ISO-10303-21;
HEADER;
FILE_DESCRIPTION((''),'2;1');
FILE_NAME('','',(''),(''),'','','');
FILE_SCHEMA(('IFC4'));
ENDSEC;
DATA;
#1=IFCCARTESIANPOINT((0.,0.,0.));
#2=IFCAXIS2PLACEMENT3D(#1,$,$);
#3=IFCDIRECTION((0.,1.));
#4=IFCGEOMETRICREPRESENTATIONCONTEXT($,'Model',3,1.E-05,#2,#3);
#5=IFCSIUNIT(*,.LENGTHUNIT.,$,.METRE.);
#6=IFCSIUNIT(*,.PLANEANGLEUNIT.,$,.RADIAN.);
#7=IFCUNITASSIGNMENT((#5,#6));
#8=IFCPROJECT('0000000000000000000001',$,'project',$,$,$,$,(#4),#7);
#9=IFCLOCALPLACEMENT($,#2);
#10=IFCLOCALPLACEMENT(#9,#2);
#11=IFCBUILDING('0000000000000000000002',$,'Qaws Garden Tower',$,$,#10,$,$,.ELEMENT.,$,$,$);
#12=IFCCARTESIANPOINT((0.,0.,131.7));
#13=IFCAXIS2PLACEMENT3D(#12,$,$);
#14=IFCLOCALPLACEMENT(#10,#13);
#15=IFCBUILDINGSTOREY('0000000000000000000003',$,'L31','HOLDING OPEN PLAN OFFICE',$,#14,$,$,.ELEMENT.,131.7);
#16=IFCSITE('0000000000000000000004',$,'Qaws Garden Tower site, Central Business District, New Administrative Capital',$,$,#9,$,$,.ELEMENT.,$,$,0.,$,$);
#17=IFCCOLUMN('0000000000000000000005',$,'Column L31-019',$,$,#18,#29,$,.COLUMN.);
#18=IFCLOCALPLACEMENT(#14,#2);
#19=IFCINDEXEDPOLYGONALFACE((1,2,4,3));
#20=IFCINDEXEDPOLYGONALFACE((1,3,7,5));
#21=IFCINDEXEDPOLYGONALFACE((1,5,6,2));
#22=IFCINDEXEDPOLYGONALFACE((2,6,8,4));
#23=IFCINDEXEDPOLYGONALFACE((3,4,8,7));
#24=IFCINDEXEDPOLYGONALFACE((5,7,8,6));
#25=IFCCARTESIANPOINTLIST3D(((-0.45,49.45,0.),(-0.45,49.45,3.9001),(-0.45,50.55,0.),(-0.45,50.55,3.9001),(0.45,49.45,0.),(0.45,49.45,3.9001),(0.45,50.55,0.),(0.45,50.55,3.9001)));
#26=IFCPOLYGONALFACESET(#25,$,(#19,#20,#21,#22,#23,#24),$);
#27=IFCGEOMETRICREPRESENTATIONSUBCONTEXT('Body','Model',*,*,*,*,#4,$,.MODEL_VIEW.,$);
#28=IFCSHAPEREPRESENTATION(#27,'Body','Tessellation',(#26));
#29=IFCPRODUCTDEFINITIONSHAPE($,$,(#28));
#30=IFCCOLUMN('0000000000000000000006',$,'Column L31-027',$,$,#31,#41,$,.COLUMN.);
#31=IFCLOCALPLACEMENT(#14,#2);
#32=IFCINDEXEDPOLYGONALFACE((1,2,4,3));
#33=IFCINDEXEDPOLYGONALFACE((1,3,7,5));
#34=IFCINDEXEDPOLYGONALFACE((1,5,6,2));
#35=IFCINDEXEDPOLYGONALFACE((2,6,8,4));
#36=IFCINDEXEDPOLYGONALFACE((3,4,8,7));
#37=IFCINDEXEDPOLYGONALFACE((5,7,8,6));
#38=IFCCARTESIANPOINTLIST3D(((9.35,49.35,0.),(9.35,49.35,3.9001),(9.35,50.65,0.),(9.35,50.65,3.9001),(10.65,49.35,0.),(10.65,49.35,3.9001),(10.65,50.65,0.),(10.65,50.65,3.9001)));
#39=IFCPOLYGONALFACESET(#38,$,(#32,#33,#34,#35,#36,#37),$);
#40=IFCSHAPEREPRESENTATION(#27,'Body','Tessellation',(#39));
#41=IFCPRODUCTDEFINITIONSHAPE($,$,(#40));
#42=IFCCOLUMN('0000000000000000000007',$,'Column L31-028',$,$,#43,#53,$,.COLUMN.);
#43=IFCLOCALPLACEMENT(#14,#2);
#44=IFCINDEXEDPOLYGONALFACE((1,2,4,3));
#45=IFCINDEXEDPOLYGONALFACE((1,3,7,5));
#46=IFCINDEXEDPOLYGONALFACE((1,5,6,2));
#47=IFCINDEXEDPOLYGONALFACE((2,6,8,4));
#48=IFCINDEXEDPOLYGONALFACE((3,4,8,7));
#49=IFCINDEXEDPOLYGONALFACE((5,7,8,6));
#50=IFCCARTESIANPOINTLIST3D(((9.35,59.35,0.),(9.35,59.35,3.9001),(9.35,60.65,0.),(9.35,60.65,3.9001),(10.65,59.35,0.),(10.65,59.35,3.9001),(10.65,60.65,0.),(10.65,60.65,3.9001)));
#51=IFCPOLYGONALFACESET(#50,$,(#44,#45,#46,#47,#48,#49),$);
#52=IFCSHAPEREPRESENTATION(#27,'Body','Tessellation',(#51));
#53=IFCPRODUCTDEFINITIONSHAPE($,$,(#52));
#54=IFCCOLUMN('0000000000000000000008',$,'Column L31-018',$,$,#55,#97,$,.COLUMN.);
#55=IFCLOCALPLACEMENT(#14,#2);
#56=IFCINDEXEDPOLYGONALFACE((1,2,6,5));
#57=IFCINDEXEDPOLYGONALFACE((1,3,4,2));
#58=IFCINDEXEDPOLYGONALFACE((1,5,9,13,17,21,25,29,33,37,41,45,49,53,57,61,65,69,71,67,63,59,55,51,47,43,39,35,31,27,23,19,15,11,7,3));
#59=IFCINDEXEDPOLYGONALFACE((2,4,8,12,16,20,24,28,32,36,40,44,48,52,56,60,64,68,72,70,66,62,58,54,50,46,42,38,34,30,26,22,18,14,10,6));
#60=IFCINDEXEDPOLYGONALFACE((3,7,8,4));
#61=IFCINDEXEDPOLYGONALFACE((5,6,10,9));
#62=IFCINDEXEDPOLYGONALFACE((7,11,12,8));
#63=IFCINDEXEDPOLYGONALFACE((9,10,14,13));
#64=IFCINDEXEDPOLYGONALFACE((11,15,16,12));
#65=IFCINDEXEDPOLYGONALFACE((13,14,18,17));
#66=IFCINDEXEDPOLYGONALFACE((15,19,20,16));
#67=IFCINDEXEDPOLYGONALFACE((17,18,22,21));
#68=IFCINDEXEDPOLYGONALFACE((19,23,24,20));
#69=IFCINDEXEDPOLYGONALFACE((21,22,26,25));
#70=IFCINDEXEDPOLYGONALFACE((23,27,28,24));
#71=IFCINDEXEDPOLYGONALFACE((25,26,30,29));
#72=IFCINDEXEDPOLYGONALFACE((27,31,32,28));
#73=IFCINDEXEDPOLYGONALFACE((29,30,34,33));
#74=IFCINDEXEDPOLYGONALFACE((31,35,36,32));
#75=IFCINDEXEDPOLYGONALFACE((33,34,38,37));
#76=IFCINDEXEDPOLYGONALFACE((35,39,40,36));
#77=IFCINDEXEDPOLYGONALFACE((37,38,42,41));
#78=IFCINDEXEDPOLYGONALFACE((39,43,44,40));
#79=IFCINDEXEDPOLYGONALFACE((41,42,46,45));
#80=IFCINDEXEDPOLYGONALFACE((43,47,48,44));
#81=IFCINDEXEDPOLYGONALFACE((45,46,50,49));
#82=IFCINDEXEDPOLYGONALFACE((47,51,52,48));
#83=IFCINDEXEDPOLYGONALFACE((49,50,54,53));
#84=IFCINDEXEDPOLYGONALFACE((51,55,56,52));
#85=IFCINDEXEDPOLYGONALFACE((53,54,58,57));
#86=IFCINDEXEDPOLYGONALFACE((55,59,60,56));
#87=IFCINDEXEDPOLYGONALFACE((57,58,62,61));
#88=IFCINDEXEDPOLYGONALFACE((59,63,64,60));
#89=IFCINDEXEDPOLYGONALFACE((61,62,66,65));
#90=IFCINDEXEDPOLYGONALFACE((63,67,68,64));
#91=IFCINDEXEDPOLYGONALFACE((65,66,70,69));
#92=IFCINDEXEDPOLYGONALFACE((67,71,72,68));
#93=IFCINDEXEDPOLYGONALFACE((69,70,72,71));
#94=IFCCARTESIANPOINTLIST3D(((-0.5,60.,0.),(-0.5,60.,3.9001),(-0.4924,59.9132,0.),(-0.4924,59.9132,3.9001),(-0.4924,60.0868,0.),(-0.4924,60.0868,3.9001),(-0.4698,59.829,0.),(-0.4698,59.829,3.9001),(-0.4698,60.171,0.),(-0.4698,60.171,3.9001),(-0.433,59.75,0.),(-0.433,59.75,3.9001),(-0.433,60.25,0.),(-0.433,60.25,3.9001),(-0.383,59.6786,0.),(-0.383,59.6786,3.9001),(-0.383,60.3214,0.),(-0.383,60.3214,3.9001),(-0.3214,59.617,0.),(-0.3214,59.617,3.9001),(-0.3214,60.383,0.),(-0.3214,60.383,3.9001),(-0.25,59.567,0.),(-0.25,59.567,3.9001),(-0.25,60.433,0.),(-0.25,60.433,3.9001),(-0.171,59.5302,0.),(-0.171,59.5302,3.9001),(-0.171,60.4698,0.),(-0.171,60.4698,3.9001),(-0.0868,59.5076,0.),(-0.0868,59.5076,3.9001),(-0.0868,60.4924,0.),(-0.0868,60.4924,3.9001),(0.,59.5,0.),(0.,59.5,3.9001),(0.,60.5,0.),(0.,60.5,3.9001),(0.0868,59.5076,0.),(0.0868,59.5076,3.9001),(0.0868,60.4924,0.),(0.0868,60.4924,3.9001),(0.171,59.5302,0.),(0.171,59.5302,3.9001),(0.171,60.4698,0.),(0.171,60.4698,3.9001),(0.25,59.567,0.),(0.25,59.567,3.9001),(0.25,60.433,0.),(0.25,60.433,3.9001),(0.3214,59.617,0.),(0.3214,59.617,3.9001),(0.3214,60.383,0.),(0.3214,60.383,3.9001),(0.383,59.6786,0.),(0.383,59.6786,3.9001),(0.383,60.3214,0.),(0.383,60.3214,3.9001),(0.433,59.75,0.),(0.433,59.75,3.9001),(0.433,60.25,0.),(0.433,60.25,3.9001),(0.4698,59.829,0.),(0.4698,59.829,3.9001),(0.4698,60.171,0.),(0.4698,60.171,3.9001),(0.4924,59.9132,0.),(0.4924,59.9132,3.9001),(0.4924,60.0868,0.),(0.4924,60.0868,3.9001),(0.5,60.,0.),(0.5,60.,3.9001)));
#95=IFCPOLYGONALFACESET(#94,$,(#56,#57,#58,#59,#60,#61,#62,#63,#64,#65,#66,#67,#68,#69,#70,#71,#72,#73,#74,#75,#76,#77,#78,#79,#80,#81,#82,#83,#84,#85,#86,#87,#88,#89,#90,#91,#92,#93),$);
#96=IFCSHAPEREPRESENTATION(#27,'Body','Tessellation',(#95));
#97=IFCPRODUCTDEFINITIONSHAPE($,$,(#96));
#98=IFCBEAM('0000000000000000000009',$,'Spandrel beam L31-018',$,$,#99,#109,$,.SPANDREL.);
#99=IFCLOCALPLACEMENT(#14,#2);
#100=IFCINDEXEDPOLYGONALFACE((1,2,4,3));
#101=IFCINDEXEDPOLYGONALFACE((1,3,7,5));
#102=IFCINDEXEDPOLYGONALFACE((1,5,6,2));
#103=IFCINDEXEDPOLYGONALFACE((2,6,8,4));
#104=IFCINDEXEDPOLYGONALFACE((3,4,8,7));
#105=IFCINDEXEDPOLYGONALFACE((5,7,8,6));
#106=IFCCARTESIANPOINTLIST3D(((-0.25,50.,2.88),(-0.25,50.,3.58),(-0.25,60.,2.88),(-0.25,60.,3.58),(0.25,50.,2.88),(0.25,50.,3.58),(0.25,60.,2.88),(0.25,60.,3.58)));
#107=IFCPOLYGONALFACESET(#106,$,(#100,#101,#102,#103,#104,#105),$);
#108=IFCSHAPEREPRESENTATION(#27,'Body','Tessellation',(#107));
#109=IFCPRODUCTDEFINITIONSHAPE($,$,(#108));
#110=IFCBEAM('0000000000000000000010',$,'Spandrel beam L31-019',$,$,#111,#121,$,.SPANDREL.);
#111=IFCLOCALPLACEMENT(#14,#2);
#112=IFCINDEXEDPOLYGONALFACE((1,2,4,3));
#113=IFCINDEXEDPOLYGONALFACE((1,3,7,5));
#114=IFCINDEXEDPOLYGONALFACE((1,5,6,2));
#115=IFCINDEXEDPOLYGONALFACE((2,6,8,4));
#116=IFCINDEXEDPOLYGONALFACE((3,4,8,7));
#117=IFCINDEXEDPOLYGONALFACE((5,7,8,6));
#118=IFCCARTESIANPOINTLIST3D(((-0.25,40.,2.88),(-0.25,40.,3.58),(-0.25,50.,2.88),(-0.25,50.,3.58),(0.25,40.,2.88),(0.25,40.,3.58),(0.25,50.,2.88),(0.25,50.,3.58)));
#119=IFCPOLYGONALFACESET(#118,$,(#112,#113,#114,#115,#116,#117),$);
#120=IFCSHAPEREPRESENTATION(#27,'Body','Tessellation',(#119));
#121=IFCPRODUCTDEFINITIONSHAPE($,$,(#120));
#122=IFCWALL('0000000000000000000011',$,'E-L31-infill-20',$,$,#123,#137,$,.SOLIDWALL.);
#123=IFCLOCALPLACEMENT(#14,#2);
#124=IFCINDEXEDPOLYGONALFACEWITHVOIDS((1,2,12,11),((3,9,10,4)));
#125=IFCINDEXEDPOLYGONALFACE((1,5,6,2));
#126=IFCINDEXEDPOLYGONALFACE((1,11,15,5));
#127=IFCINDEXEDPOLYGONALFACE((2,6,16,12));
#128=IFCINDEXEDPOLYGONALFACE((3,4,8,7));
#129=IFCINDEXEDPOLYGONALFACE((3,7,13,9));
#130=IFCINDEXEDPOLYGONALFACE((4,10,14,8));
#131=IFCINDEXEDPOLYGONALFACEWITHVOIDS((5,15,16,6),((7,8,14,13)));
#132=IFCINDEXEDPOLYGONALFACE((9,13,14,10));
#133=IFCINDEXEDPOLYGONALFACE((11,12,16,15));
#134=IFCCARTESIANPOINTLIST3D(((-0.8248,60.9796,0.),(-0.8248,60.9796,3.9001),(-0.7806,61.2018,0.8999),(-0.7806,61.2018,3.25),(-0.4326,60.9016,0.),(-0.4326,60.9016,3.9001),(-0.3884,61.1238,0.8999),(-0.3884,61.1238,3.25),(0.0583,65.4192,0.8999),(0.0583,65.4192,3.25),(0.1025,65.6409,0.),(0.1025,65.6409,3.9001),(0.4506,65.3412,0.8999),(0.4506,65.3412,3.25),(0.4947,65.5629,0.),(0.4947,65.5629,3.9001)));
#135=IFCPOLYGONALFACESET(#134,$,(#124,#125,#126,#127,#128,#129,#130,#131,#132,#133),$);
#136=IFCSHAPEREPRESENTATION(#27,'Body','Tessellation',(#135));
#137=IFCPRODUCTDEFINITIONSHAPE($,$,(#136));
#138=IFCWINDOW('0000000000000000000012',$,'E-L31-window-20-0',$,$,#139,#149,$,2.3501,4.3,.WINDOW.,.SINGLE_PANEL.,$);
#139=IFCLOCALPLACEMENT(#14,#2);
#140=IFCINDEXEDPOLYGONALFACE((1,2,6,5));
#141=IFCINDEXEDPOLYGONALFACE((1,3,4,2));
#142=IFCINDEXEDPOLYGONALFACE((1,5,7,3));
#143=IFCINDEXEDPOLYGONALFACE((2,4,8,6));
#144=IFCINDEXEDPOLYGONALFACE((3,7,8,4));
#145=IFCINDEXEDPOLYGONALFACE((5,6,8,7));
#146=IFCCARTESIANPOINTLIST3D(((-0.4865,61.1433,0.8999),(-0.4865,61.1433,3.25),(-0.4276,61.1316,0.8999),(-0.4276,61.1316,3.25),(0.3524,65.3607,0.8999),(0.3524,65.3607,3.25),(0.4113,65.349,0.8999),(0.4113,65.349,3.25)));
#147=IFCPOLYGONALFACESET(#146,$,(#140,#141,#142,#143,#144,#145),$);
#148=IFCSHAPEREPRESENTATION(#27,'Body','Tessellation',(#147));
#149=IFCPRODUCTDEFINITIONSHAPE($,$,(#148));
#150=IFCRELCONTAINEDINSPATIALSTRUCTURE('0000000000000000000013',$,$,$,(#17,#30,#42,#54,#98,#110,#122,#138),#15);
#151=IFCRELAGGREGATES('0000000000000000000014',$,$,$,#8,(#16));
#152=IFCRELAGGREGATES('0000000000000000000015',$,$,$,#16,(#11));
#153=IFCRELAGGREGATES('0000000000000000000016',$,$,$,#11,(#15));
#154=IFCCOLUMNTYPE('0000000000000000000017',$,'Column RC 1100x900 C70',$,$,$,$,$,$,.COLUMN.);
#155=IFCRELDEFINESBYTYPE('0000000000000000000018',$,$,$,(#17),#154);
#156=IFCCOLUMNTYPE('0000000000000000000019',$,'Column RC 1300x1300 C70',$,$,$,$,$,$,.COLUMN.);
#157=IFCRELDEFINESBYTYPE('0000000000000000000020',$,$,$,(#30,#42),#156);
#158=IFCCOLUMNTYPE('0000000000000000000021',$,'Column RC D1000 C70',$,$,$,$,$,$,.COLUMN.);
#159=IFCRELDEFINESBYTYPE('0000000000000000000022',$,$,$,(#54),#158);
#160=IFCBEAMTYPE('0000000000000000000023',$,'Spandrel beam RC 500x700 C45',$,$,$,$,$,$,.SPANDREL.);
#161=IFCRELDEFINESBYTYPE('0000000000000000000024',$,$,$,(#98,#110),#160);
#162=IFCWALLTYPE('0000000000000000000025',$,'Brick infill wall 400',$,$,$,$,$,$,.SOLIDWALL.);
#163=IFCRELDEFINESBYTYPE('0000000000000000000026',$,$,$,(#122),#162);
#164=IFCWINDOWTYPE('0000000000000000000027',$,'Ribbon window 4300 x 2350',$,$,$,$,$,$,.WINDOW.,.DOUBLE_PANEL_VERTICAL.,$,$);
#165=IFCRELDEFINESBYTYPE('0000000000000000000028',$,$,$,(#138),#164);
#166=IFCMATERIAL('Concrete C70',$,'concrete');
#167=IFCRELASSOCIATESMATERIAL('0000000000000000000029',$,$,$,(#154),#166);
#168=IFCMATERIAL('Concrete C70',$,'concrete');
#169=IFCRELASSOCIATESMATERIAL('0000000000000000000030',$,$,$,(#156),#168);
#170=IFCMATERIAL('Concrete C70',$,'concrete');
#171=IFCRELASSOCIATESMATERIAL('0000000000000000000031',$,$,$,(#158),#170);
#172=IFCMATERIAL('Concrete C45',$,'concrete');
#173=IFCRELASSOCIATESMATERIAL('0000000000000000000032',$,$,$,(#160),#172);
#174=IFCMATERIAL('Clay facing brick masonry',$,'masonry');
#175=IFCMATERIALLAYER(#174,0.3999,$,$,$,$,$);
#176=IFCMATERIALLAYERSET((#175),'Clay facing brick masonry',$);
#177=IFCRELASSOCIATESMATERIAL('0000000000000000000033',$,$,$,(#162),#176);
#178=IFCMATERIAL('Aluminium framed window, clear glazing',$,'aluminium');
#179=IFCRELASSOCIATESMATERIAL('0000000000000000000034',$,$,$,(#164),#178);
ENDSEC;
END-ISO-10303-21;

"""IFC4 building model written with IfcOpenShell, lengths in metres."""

from ifc_helpers import new_model, si_unit, direction, frame, frame_2d, origin, origin_2d, place, context, subcontext, project, spatial, rectangle, circle, extrude, material, layer, layer_set, material_profile, profile_set, type_object, element, fill, save


model = new_model("IFC4")

# Units and contexts
model_context = context("Model", 3, precision=1e-05, world=origin(), true_north=direction((0.0, 1.0)))
body_context = subcontext(model_context, "Body", "Model", "MODEL_VIEW")
ifc_project = project(units=[si_unit("LENGTHUNIT", "METRE"), si_unit("PLANEANGLEUNIT", "RADIAN")], contexts=[model_context])

# Site, building, storey
site_placement = place(None, origin())
site = spatial("IfcSite", under=ifc_project, at=site_placement, Name="Qaws Garden Tower site, Central Business District, New Administrative Capital", CompositionType="ELEMENT", RefElevation=0.0)
building_placement = place(site_placement, origin())
building = spatial("IfcBuilding", under=site, at=building_placement, Name="Qaws Garden Tower", CompositionType="ELEMENT")
storey_placement = place(building_placement, frame((0.0, 0.0, 131.7)))
storey = spatial("IfcBuildingStorey", under=building, at=storey_placement, Name="L31", Description="HOLDING OPEN PLAN OFFICE", CompositionType="ELEMENT", Elevation=131.7)

# Columns
ifc_material_1 = material(Name="Concrete C70", Category="concrete")
ifc_material_profile_1 = material_profile(ifc_material_1, rectangle(XDim=1.1001, YDim=0.8999, at=origin_2d()), Name="RC 1100x900")
ifc_profile_set_1 = profile_set([ifc_material_profile_1], Name="Concrete C70")
column_type_1 = type_object("IfcColumnType", Name="Column RC 1100x900 C70", PredefinedType="COLUMN", material=ifc_profile_set_1)
column_1_placement = place(storey_placement, frame((0.0, 50.0, 0.0), z_axis=(0.0, 0.0, 1.0), x_axis=(0.0, 1.0, 0.0)))
element("IfcColumn", 1, at=column_1_placement, inside=storey, type_object=column_type_1, Name="Column L31-019", PredefinedType="COLUMN", context=body_context, shape_type="SweptSolid", body=[
    extrude(rectangle(XDim=1.1001, YDim=0.8999, at=origin_2d()), origin(), (0.0, 0.0, 1.0), 3.9001),
])
ifc_material_2 = material(Name="Concrete C70", Category="concrete")
ifc_material_profile_2 = material_profile(ifc_material_2, rectangle(XDim=1.3, YDim=1.3, at=origin_2d()), Name="RC 1300x1300")
ifc_profile_set_2 = profile_set([ifc_material_profile_2], Name="Concrete C70")
column_type_2 = type_object("IfcColumnType", Name="Column RC 1300x1300 C70", PredefinedType="COLUMN", material=ifc_profile_set_2)
for number, where, z_axis, x_axis, name in (
    (2, (10.0, 50.0, 0.0), (0.0, 0.0, 1.0), (1.0, 0.0, 0.0), "Column L31-027"),
    (3, (10.0, 60.0, 0.0), (0.0, 0.0, 1.0), (1.0, 0.0, 0.0), "Column L31-028"),
):
    element("IfcColumn", number, at=place(storey_placement, frame(where, z_axis=z_axis, x_axis=x_axis)), inside=storey, type_object=column_type_2, Name=name, PredefinedType="COLUMN", context=body_context, shape_type="SweptSolid", body=[
        extrude(rectangle(XDim=1.3, YDim=1.3, at=origin_2d()), origin(), (0.0, 0.0, 1.0), 3.9001),
    ])
ifc_material_3 = material(Name="Concrete C70", Category="concrete")
ifc_material_profile_3 = material_profile(ifc_material_3, circle(Radius=0.5, at=origin_2d()), Name="RC D1000")
ifc_profile_set_3 = profile_set([ifc_material_profile_3], Name="Concrete C70")
column_type_3 = type_object("IfcColumnType", Name="Column RC D1000 C70", PredefinedType="COLUMN", material=ifc_profile_set_3)
column_2_placement = place(storey_placement, frame((0.0, 60.0, 0.0), z_axis=(0.0, 0.0, 1.0), x_axis=(1.0, 0.0, 0.0)))
element("IfcColumn", 4, at=column_2_placement, inside=storey, type_object=column_type_3, Name="Column L31-018", PredefinedType="COLUMN", context=body_context, shape_type="SweptSolid", body=[
    extrude(circle(Radius=0.5, at=origin_2d()), origin(), (0.0, 0.0, 1.0), 3.9001),
])

# Beams
ifc_material_4 = material(Name="Concrete C45", Category="concrete")
ifc_material_profile_4 = material_profile(ifc_material_4, rectangle(XDim=0.5, YDim=0.7, at=origin_2d()), Name="RC 500x700")
ifc_profile_set_4 = profile_set([ifc_material_profile_4], Name="Concrete C45")
beam_type = type_object("IfcBeamType", Name="Spandrel beam RC 500x700 C45", PredefinedType="SPANDREL", material=ifc_profile_set_4)
for number, where, z_axis, x_axis, name in (
    (5, (0.0, 60.0, 3.23), (0.0, -1.0, 0.0), (1.0, 0.0, 0.0), "Spandrel beam L31-018"),
    (6, (0.0, 50.0, 3.23), (0.0, -1.0, 0.0), (1.0, 0.0, 0.0), "Spandrel beam L31-019"),
):
    element("IfcBeam", number, at=place(storey_placement, frame(where, z_axis=z_axis, x_axis=x_axis)), inside=storey, type_object=beam_type, Name=name, PredefinedType="SPANDREL", context=body_context, shape_type="SweptSolid", body=[
        extrude(rectangle(XDim=0.5, YDim=0.7, at=origin_2d()), origin(), (0.0, 0.0, 1.0), 10.0),
    ])

# Wall, opening, window
ifc_material_5 = material(Name="Clay facing brick masonry", Category="masonry")
ifc_layer_1 = layer(ifc_material_5, 0.3999)
ifc_layer_set_1 = layer_set([ifc_layer_1], Name="Clay facing brick masonry")
wall_type_1 = type_object("IfcWallType", Name="Brick infill wall 400", PredefinedType="SOLIDWALL", material=ifc_layer_set_1)
wall_1_placement = place(storey_placement, frame((0.2986, 65.6021, 0.0), z_axis=(0.0, 0.0, 1.0), x_axis=(-0.195099, -0.980784, 0.0)))
wall_1 = element("IfcWall", 7, at=wall_1_placement, inside=storey, type_object=wall_type_1, Name="E-L31-infill-20", PredefinedType="SOLIDWALL", context=body_context, shape_type="SweptSolid", body=[
    extrude(rectangle(XDim=4.7527, YDim=0.3999, at=frame_2d((2.3765, 0.0))), origin(), (0.0, 0.0, 1.0), 3.9001),
])
opening_1_placement = place(wall_1_placement, frame((0.2263, 0.0, 0.8999)))
opening_1 = element("IfcOpeningElement", 8, at=opening_1_placement, cuts=wall_1, PredefinedType="OPENING", context=body_context, shape_type="SweptSolid", body=[
    extrude(rectangle(XDim=4.3, YDim=2.3501, at=frame_2d((2.1499, 1.175))), frame((0.0, 0.21, 0.0), z_axis=(0.0, -1.0, 0.0), x_axis=(1.0, 0.0, 0.0)), (0.0, 0.0, 1.0), 0.4199),
])
ifc_material_6 = material(Name="Aluminium framed window, clear glazing", Category="aluminium")
window_type_1 = type_object("IfcWindowType", Name="Ribbon window 4300 x 2350", PartitioningType="DOUBLE_PANEL_VERTICAL", PredefinedType="WINDOW", material=ifc_material_6)
window_1_placement = place(opening_1_placement, origin())
window_1 = element("IfcWindow", 9, at=window_1_placement, inside=storey, type_object=window_type_1, Name="E-L31-window-20-0", OverallHeight=2.3501, OverallWidth=4.3, PartitioningType="SINGLE_PANEL", PredefinedType="WINDOW", context=body_context, shape_type="SweptSolid", body=[
    extrude(rectangle(XDim=4.3, YDim=2.3501, at=frame_2d((2.1499, 1.175))), frame((0.0, 0.1599, 0.0), z_axis=(0.0, -1.0, 0.0), x_axis=(1.0, 0.0, 0.0)), (0.0, 0.0, 1.0), 0.0601),
])
fill(opening_1, window_1)

save(model, "model.ifc")
